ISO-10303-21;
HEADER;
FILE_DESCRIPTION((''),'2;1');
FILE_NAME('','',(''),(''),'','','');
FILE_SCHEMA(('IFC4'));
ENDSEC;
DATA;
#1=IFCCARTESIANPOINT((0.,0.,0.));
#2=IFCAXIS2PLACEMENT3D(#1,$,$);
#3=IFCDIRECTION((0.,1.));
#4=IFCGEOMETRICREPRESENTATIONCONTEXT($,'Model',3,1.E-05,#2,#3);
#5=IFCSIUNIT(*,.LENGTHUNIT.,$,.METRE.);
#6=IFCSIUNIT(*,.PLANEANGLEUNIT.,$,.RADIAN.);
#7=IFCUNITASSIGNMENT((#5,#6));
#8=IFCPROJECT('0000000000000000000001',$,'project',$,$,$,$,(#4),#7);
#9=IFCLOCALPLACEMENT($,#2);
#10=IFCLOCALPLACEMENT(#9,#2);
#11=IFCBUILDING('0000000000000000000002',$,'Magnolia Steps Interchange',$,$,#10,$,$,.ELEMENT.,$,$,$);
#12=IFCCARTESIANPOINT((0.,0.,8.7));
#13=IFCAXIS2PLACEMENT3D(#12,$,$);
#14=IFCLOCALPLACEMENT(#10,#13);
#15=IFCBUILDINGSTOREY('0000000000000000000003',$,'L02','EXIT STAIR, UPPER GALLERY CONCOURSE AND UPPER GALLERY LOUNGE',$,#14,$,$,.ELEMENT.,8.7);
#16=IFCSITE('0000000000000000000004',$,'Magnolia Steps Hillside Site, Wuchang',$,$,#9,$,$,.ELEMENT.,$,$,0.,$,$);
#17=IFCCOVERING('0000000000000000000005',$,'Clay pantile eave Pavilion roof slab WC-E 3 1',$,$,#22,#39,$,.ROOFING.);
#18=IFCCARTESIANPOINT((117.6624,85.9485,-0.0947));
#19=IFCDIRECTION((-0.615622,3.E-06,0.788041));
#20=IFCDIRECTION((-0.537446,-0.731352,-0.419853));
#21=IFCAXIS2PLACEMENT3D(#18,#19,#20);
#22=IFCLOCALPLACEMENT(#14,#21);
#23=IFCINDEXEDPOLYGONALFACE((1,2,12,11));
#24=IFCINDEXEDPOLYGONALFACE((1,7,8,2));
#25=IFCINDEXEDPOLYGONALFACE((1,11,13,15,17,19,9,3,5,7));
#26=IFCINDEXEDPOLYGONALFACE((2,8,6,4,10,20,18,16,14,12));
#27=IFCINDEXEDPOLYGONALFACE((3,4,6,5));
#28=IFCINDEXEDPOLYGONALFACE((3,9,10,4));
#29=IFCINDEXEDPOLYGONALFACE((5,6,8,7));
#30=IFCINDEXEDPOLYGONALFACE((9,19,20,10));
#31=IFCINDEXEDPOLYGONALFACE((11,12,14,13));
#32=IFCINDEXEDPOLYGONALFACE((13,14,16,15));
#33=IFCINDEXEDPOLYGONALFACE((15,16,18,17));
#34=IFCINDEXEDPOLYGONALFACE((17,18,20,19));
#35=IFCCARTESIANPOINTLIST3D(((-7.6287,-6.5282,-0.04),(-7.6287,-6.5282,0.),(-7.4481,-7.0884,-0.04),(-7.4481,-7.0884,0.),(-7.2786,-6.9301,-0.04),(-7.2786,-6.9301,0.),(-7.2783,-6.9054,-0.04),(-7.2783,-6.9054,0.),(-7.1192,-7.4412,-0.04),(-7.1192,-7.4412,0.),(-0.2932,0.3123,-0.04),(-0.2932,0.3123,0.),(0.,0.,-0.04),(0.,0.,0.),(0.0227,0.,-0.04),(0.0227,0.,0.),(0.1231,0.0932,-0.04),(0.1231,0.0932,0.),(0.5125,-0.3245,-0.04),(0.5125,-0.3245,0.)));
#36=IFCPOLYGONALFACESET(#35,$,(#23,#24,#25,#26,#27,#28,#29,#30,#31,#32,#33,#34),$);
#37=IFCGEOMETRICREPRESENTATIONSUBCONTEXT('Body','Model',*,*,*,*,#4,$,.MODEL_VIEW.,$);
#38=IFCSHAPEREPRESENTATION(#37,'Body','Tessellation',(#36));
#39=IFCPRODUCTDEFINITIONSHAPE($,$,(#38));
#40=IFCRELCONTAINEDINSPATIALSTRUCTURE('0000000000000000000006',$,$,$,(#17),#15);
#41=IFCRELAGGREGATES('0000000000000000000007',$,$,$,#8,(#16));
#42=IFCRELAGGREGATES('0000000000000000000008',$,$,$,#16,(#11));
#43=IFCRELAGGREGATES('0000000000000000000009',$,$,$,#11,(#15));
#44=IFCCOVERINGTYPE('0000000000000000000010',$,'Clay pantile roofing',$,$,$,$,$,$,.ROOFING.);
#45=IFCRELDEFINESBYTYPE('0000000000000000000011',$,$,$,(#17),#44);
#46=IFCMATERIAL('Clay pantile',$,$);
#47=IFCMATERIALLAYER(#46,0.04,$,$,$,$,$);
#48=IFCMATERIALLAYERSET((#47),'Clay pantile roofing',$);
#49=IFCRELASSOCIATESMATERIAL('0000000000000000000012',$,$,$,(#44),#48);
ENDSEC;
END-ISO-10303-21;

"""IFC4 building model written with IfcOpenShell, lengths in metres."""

from ifc_helpers import new_model, si_unit, direction, frame, origin, place, context, subcontext, project, spatial, polyline, outline, extrude, material, layer, layer_set, type_object, element, save


model = new_model("IFC4")

# Units and contexts
model_context = context("Model", 3, precision=1e-05, world=origin(), true_north=direction((0.0, 1.0)))
body_context = subcontext(model_context, "Body", "Model", "MODEL_VIEW")
ifc_project = project(units=[si_unit("LENGTHUNIT", "METRE"), si_unit("PLANEANGLEUNIT", "RADIAN")], contexts=[model_context])

# Site, building, storey
site_placement = place(None, origin())
site = spatial("IfcSite", under=ifc_project, at=site_placement, Name="Magnolia Steps Hillside Site, Wuchang", CompositionType="ELEMENT", RefElevation=0.0)
building_placement = place(site_placement, origin())
building = spatial("IfcBuilding", under=site, at=building_placement, Name="Magnolia Steps Interchange", CompositionType="ELEMENT")
storey_placement = place(building_placement, frame((0.0, 0.0, 8.7)))
storey = spatial("IfcBuildingStorey", under=building, at=storey_placement, Name="L02", Description="EXIT STAIR, UPPER GALLERY CONCOURSE AND UPPER GALLERY LOUNGE", CompositionType="ELEMENT", Elevation=8.7)

# Covering
ifc_material_1 = material(Name="Clay pantile")
ifc_layer_1 = layer(ifc_material_1, 0.04)
ifc_layer_set_1 = layer_set([ifc_layer_1], Name="Clay pantile roofing")
covering_type = type_object("IfcCoveringType", Name="Clay pantile roofing", PredefinedType="ROOFING", material=ifc_layer_set_1)
covering_1_placement = place(storey_placement, frame((117.6624, 85.9485, -0.0947), z_axis=(-0.615622, 0.000003, 0.788041), x_axis=(-0.537446, -0.731352, -0.419853)))
element("IfcCovering", 1, at=covering_1_placement, inside=storey, type_object=covering_type, Name="Clay pantile eave Pavilion roof slab WC-E 3 1", PredefinedType="ROOFING", context=body_context, shape_type="SweptSolid", body=[
    extrude(outline(polyline([(0.0, 0.0), (0.0227, 0.0), (0.1231, 0.0932), (0.5125, -0.3245), (-7.1192, -7.4412), (-7.4481, -7.0884), (-7.2786, -6.9301), (-7.2783, -6.9054), (-7.6287, -6.5282), (-0.2932, 0.3123), (0.0, 0.0)])), origin(), (0.0, 0.0, -1.0), 0.04),
])

save(model, "model.ifc")
